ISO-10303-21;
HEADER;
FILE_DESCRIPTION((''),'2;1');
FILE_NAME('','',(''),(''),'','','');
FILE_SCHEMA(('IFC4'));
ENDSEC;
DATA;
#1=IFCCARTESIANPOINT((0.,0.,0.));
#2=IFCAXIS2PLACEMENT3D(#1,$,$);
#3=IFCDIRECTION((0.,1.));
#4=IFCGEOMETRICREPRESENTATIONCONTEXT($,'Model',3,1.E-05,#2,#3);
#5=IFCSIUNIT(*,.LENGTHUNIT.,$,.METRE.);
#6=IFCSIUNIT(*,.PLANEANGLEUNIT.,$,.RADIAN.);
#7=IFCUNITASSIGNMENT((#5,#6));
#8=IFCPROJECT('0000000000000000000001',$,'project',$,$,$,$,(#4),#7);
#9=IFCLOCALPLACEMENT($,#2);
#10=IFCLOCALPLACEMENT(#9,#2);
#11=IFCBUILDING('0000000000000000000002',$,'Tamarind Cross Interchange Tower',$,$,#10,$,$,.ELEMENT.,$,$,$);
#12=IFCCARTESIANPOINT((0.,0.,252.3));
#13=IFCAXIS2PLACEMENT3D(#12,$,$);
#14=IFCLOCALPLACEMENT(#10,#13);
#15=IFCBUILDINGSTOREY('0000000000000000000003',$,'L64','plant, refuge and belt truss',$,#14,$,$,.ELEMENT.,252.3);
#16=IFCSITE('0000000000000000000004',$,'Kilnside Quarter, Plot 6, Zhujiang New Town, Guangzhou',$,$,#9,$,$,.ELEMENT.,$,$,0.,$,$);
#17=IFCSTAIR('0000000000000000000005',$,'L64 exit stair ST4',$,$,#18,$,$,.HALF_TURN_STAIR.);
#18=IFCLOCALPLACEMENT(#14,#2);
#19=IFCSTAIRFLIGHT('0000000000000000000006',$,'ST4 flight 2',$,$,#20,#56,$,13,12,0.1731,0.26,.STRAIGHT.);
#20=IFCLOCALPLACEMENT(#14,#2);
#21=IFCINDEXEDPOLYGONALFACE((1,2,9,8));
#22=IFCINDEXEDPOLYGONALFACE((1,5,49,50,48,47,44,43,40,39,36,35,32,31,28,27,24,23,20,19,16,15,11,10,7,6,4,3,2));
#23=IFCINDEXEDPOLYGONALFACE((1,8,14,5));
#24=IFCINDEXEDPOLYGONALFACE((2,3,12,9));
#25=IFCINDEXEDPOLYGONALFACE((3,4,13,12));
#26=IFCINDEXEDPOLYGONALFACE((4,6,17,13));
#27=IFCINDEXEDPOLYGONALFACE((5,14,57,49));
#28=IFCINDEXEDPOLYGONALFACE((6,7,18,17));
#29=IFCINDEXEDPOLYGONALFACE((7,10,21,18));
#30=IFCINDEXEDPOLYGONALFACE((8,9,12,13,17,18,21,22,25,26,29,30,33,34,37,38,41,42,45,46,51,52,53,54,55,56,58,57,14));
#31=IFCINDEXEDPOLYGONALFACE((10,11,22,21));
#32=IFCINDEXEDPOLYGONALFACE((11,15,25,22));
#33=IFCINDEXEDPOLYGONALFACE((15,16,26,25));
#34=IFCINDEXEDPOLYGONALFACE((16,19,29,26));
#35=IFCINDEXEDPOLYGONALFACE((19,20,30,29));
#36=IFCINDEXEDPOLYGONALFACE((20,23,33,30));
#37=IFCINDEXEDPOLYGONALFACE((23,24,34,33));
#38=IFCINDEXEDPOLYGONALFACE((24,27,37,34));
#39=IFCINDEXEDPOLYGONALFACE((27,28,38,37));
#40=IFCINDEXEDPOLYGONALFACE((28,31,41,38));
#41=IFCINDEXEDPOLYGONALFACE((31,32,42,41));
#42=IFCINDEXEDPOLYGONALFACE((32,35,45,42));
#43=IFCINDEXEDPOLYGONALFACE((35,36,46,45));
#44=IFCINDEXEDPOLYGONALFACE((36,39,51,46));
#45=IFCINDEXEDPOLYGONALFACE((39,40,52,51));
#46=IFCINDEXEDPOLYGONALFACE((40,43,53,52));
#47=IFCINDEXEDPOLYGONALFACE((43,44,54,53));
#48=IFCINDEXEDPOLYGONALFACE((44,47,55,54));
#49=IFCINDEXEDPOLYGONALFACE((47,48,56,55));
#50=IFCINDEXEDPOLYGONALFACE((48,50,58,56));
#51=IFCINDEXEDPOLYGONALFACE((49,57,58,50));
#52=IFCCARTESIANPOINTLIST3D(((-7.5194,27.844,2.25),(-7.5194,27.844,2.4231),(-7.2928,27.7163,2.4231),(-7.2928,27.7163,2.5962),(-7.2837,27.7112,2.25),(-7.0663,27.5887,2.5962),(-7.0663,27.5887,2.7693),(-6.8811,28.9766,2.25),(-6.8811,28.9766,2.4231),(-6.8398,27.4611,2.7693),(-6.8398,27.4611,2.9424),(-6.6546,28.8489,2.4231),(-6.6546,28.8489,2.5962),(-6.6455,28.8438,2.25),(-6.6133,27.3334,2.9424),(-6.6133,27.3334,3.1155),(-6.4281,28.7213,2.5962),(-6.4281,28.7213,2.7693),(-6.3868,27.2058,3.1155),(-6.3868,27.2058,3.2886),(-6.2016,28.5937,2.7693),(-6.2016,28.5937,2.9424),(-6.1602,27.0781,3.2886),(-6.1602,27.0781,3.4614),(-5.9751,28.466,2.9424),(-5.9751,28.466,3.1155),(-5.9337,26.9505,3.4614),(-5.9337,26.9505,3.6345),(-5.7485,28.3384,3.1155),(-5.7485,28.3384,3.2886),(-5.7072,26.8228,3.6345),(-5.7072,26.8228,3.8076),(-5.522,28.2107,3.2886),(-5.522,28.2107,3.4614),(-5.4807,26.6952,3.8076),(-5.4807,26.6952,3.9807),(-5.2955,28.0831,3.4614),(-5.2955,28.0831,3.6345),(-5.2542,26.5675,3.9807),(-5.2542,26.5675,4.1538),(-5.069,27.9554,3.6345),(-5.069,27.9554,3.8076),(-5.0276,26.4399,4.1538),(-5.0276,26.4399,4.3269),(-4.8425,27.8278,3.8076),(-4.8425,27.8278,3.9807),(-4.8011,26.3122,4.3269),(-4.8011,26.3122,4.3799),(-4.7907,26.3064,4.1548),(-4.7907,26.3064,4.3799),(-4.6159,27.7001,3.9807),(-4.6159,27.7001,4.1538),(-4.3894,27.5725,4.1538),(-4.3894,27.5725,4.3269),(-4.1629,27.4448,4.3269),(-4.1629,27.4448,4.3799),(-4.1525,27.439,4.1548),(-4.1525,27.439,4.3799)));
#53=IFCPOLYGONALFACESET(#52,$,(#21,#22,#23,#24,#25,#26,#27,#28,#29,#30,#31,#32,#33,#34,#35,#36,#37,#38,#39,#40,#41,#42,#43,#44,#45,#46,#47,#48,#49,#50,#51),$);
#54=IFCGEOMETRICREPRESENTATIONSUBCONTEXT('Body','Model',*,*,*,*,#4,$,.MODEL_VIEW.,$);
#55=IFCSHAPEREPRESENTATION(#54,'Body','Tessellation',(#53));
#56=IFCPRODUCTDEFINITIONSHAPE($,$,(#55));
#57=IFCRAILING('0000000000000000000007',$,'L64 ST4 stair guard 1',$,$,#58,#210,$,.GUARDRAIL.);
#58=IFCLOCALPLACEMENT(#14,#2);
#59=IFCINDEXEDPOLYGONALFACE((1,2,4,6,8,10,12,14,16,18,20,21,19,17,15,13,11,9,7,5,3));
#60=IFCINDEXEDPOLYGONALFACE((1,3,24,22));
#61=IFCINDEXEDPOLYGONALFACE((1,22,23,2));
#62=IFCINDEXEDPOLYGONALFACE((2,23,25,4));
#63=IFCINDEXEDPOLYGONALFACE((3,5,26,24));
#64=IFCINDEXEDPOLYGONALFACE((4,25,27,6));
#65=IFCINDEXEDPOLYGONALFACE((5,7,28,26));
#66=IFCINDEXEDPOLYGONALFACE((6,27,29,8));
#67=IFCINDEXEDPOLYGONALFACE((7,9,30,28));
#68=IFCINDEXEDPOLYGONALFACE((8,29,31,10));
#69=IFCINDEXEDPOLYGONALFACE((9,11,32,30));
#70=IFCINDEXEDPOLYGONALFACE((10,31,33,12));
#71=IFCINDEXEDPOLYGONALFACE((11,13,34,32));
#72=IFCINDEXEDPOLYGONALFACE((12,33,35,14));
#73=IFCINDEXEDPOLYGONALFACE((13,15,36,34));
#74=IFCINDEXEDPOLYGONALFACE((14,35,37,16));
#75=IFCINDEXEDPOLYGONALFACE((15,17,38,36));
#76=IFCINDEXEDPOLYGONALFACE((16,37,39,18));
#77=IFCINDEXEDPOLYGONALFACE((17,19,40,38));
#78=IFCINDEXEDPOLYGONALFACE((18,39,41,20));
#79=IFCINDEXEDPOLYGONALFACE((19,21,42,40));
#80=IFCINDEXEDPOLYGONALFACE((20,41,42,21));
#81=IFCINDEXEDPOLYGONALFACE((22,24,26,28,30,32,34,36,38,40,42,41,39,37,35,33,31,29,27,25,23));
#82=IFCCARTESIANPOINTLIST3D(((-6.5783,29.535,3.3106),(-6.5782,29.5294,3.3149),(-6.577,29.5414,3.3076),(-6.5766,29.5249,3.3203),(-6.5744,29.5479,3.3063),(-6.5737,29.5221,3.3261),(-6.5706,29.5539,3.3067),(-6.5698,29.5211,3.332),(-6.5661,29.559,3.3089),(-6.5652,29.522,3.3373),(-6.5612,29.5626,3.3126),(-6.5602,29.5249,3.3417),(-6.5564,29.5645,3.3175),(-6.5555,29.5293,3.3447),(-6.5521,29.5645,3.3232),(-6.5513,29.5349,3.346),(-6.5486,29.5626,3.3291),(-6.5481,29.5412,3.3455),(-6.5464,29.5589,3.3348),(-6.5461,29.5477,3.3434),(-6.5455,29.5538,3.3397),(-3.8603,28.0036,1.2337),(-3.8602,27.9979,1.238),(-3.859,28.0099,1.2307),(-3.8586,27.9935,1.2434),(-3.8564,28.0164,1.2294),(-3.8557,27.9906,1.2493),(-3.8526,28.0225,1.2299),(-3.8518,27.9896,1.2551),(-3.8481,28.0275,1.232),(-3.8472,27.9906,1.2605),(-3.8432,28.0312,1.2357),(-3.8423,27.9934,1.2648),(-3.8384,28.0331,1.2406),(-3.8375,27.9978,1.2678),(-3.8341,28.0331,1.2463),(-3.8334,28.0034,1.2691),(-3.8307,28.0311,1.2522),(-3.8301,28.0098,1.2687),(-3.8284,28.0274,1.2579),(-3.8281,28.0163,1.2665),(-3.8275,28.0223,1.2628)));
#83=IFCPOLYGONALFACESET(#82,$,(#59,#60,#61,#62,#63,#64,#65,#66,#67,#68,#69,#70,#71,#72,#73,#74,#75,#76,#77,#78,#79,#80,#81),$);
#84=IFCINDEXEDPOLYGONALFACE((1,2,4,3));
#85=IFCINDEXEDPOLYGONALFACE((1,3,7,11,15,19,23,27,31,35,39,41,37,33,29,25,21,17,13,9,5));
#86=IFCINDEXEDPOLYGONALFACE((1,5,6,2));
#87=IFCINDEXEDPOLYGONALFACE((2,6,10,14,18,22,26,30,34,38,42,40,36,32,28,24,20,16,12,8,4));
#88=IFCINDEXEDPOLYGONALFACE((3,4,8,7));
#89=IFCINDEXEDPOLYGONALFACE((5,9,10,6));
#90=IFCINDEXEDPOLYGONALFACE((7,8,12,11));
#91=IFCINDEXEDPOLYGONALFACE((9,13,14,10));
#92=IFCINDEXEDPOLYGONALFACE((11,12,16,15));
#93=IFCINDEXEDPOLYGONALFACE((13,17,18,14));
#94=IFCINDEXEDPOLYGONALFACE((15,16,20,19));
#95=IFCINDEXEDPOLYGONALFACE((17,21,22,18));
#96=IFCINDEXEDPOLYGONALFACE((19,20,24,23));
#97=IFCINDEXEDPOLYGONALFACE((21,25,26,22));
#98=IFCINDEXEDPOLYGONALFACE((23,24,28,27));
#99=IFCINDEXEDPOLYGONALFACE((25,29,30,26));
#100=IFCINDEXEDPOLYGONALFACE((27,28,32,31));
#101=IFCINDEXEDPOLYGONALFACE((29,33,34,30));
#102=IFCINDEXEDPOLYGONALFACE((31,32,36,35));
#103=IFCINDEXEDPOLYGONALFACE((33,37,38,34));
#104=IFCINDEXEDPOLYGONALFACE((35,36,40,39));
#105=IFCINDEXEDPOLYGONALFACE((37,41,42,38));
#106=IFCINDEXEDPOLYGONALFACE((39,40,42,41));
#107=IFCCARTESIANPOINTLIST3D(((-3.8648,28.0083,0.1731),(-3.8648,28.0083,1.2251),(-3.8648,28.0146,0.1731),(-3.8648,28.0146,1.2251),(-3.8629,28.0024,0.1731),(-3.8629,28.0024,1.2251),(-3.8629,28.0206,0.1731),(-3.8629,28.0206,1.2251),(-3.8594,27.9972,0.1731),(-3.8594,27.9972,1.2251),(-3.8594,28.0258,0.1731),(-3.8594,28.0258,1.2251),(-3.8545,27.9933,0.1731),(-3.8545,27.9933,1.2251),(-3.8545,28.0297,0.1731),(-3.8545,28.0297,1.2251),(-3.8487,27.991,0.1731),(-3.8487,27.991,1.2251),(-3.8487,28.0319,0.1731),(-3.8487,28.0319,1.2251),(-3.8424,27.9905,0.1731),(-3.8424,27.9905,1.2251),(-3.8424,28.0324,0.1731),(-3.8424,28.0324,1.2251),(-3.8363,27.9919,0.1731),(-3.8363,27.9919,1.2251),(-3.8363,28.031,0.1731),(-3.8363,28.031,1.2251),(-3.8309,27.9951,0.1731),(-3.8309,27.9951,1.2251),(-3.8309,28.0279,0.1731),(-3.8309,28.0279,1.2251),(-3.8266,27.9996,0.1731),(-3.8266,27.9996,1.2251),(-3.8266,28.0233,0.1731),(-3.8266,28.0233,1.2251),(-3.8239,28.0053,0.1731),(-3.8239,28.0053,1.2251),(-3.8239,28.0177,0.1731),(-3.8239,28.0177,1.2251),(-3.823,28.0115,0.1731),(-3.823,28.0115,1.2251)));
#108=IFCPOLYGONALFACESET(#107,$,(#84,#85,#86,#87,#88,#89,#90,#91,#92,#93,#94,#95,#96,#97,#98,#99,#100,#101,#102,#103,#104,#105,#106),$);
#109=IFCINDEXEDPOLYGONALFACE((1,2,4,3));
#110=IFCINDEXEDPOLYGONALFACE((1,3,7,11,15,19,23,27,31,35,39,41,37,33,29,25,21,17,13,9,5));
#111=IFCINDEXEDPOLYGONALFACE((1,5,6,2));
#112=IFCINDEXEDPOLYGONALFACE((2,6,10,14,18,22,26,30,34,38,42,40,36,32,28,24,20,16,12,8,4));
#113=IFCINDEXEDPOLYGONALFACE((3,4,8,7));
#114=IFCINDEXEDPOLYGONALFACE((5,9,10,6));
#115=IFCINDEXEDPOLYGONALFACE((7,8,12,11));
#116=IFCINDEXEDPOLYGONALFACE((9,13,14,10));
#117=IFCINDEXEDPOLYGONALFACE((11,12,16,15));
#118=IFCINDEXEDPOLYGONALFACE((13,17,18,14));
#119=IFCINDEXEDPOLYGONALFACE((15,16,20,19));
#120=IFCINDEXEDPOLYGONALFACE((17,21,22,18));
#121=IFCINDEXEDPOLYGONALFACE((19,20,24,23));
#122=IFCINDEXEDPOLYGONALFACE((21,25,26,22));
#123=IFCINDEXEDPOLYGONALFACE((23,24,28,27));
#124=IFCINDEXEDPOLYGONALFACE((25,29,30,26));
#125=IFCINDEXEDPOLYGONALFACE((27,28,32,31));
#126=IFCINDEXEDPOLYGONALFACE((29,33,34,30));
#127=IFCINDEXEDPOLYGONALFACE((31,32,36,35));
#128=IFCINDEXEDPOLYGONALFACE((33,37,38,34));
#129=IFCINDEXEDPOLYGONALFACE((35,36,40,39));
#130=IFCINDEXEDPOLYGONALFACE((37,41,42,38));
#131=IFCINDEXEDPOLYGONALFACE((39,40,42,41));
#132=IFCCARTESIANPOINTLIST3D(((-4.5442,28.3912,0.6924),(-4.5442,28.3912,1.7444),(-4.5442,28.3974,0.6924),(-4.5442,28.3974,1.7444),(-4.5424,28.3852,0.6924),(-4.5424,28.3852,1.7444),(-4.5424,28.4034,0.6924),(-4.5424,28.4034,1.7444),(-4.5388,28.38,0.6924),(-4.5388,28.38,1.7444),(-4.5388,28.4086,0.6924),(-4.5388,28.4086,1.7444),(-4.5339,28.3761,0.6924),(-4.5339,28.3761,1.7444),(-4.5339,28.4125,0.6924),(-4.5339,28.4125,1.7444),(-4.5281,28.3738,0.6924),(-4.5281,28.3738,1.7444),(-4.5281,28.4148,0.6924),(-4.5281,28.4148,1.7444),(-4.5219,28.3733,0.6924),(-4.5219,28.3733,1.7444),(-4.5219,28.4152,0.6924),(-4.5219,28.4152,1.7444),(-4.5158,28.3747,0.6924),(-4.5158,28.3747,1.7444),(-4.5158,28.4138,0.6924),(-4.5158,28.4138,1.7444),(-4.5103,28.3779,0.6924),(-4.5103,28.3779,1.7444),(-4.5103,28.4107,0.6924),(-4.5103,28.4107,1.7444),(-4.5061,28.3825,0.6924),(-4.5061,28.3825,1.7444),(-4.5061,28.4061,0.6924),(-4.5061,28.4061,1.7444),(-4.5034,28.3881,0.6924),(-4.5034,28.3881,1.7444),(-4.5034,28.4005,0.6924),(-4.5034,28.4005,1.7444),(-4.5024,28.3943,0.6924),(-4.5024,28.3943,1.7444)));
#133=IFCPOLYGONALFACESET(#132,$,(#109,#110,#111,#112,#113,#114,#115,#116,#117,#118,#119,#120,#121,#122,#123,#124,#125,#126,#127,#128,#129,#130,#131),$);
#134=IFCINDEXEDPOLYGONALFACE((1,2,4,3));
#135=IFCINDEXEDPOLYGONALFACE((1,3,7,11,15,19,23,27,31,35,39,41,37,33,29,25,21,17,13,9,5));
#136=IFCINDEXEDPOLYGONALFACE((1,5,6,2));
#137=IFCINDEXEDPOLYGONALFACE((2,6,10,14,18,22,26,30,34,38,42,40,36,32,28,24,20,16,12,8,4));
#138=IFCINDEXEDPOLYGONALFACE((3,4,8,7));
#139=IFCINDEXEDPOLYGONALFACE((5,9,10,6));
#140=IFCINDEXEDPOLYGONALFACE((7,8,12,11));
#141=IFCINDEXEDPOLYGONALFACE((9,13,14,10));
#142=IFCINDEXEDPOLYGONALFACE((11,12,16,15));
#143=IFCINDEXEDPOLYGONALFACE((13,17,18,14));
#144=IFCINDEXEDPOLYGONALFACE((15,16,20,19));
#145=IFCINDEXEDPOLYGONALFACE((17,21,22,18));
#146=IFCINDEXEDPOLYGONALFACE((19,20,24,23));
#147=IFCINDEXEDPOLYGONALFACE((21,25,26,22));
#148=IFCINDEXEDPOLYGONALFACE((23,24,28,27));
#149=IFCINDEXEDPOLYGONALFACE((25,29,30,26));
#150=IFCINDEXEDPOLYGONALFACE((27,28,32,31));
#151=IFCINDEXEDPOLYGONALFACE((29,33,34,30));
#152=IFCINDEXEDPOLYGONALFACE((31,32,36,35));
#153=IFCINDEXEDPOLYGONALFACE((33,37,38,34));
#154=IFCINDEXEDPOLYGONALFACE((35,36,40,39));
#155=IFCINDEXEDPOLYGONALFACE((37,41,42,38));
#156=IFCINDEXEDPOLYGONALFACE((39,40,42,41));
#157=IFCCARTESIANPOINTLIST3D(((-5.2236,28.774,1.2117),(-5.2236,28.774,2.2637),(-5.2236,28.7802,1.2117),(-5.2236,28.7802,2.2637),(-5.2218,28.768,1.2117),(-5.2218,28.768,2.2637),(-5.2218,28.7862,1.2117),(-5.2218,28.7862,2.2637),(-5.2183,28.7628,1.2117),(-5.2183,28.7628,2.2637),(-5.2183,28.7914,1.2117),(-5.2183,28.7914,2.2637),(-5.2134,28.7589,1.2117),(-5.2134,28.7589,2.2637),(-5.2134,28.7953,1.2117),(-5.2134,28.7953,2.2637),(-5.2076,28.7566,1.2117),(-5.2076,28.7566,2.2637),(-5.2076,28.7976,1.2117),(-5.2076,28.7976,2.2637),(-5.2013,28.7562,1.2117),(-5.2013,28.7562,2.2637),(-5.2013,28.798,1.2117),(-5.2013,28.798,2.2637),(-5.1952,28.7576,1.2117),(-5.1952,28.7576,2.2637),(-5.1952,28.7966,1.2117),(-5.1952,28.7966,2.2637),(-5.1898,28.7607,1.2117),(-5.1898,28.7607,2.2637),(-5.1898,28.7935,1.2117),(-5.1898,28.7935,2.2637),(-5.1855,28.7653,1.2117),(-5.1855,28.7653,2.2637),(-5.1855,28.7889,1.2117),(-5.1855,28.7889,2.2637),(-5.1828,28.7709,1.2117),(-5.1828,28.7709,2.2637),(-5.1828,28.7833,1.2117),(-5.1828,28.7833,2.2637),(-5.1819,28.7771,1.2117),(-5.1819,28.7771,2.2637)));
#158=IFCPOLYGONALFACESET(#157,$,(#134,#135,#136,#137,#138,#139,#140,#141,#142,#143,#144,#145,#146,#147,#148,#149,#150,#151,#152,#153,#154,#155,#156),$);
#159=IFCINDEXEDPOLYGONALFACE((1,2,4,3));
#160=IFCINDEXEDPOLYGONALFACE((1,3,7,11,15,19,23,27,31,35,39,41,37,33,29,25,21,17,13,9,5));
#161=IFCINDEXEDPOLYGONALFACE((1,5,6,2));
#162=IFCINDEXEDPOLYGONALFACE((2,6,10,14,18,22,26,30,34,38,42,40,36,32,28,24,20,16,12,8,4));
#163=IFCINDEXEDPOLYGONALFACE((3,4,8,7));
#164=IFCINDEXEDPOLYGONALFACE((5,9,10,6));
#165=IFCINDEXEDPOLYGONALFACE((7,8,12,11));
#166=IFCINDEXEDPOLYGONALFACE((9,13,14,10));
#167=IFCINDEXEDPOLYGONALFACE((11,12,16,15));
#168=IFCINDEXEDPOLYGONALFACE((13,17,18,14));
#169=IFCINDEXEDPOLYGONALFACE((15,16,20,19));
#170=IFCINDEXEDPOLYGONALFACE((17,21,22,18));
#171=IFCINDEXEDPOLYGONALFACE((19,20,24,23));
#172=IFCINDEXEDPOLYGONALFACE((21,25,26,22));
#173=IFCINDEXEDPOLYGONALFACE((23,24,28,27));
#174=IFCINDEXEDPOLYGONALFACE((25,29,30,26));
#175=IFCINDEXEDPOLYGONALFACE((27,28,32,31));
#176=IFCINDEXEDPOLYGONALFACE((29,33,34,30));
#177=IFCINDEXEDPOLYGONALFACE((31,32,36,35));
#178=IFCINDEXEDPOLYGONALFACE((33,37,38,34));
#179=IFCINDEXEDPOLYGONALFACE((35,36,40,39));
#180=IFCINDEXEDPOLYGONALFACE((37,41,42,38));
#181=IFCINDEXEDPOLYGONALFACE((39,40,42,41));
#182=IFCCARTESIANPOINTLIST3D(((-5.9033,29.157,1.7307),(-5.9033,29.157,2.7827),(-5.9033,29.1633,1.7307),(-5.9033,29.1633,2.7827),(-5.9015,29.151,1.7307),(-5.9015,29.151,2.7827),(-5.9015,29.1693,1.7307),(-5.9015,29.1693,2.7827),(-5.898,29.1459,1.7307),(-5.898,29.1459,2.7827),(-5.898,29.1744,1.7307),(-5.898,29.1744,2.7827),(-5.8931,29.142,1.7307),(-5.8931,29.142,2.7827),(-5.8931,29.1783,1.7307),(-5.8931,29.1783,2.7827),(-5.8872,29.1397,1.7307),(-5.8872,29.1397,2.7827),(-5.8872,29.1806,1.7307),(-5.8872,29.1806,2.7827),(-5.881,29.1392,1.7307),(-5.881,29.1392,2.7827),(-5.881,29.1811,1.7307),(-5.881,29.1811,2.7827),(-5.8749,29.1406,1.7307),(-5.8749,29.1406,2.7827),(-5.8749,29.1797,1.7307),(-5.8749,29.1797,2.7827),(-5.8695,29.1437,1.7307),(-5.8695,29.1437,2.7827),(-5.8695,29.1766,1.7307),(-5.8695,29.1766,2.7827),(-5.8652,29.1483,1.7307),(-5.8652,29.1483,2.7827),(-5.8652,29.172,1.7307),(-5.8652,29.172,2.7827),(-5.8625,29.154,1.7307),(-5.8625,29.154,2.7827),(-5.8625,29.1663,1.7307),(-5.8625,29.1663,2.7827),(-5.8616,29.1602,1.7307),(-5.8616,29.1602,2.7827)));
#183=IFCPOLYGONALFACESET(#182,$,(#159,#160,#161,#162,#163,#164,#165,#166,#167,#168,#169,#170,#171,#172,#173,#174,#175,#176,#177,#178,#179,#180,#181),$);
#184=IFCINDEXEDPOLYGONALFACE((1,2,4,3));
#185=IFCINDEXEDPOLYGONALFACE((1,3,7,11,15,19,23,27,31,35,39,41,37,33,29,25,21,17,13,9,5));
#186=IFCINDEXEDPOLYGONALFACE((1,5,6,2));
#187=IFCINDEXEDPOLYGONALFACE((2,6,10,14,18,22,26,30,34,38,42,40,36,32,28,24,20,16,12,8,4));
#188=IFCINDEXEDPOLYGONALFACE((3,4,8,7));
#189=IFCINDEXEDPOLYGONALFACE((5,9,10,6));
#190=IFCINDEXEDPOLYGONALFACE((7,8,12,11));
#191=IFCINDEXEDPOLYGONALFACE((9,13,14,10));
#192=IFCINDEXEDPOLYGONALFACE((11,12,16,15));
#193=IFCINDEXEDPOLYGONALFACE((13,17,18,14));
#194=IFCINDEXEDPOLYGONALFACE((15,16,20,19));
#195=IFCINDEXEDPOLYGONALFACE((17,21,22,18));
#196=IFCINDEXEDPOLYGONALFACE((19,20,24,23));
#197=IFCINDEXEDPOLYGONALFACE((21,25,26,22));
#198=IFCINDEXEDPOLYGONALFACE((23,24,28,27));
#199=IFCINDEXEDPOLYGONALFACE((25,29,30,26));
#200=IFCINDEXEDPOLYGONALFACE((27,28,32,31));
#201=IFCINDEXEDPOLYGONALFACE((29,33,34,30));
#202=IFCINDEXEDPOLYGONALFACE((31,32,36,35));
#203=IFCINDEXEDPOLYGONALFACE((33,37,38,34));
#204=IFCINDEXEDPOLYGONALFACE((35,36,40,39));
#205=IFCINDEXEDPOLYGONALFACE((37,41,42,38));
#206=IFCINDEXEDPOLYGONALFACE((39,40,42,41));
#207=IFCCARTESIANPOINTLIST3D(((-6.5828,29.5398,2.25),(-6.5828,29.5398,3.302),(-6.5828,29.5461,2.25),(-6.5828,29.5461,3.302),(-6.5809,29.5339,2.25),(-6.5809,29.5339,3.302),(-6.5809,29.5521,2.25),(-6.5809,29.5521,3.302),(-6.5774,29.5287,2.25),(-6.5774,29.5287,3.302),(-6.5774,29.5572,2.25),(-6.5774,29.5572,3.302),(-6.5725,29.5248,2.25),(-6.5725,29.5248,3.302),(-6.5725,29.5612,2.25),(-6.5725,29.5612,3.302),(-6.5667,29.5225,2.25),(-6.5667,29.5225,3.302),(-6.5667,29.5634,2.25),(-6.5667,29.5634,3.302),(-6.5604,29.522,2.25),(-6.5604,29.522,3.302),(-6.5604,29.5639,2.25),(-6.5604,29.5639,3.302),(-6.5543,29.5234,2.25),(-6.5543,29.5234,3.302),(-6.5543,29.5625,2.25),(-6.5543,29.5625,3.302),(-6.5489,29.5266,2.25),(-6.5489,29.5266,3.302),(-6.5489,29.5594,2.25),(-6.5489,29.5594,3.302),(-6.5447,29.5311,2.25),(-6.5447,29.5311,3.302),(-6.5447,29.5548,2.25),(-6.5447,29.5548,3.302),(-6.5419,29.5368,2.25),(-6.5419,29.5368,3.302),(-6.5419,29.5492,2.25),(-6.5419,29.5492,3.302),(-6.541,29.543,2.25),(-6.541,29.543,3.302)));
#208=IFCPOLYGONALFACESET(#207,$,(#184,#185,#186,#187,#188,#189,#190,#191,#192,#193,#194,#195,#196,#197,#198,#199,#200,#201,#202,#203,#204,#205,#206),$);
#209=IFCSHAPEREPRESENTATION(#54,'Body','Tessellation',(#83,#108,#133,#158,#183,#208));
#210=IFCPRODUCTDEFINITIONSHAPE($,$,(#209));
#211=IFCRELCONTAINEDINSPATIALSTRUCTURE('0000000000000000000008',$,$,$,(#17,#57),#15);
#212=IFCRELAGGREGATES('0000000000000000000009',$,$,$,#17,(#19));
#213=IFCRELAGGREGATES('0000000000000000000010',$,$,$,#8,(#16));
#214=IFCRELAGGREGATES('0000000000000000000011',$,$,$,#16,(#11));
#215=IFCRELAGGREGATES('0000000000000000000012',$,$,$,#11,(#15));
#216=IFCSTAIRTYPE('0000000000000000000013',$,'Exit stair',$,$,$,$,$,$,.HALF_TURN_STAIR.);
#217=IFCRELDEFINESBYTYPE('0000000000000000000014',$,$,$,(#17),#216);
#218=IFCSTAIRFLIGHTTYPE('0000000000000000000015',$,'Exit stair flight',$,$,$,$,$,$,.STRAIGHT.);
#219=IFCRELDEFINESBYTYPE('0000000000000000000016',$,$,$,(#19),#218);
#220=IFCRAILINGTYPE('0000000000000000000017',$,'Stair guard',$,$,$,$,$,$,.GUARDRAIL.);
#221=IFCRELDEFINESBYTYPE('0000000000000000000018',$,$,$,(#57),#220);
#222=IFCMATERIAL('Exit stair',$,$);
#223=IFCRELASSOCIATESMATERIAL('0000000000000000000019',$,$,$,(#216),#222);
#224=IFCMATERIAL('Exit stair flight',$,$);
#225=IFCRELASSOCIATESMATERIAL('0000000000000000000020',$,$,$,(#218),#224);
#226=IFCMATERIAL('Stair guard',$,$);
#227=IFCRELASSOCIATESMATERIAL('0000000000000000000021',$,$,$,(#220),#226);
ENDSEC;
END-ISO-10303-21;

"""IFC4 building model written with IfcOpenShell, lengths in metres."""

from ifc_helpers import new_model, si_unit, direction, frame, origin, origin_2d, place, context, subcontext, project, spatial, polyline, circle, outline, extrude, material, type_object, element, aggregate, save


model = new_model("IFC4")

# Units and contexts
model_context = context("Model", 3, precision=1e-05, world=origin(), true_north=direction((0.0, 1.0)))
body_context = subcontext(model_context, "Body", "Model", "MODEL_VIEW")
ifc_project = project(units=[si_unit("LENGTHUNIT", "METRE"), si_unit("PLANEANGLEUNIT", "RADIAN")], contexts=[model_context])

# Site, building, storey
site_placement = place(None, origin())
site = spatial("IfcSite", under=ifc_project, at=site_placement, Name="Kilnside Quarter, Plot 6, Zhujiang New Town, Guangzhou", CompositionType="ELEMENT", RefElevation=0.0)
building_placement = place(site_placement, origin())
building = spatial("IfcBuilding", under=site, at=building_placement, Name="Tamarind Cross Interchange Tower", CompositionType="ELEMENT")
storey_placement = place(building_placement, frame((0.0, 0.0, 252.3)))
storey = spatial("IfcBuildingStorey", under=building, at=storey_placement, Name="L64", Description="plant, refuge and belt truss", CompositionType="ELEMENT", Elevation=252.3)

# Stair, stair flight
ifc_material_1 = material(Name="Exit stair")
stair_type = type_object("IfcStairType", Name="Exit stair", PredefinedType="HALF_TURN_STAIR", material=ifc_material_1)
stair_placement = place(storey_placement, origin())
stair = element("IfcStair", 1, at=stair_placement, inside=storey, type_object=stair_type, Name="L64 exit stair ST4", PredefinedType="HALF_TURN_STAIR")
ifc_material_2 = material(Name="Exit stair flight")
stair_flight_type = type_object("IfcStairFlightType", Name="Exit stair flight", PredefinedType="STRAIGHT", material=ifc_material_2)
stair_flight_1_placement = place(storey_placement, frame((-7.2002, 28.4104, 2.25), z_axis=(0.0, 0.0, 1.0), x_axis=(0.8712, -0.490928, 0.0)))
stair_flight_1 = element("IfcStairFlight", 2, at=stair_flight_1_placement, type_object=stair_flight_type, Name="ST4 flight 2", NumberOfRisers=13, NumberOfTreads=12, PredefinedType="STRAIGHT", RiserHeight=0.1731, TreadLength=0.26, context=body_context, shape_type="SweptSolid", body=[
    extrude(outline(polyline([(0.0, 0.0), (0.0, 0.1731), (0.26, 0.1731), (0.26, 0.3462), (0.52, 0.3462), (0.52, 0.5193), (0.78, 0.5193), (0.78, 0.6924), (1.04, 0.6924), (1.04, 0.8655), (1.3, 0.8655), (1.3, 1.0386), (1.5601, 1.0386), (1.5601, 1.2114), (1.8201, 1.2114), (1.8201, 1.3845), (2.0801, 1.3845), (2.0801, 1.5576), (2.3401, 1.5576), (2.3401, 1.7307), (2.6001, 1.7307), (2.6001, 1.9038), (2.8601, 1.9038), (2.8601, 2.0769), (3.1201, 2.0769), (3.1201, 2.1299), (3.1321, 2.1299), (3.1321, 1.9048), (0.2705, 0.0), (0.0, 0.0)])), frame((0.0, 0.6499, 0.0), z_axis=(0.0, -1.0, 0.0), x_axis=(1.0, 0.0, 0.0)), (0.0, 0.0, 1.0), 1.3),
])
aggregate(stair, [stair_flight_1])

# Railing
ifc_material_3 = material(Name="Stair guard")
railing_type_1 = type_object("IfcRailingType", Name="Stair guard", PredefinedType="GUARDRAIL", material=ifc_material_3)
railing_1_placement = place(storey_placement, frame((-3.844, 28.0115, 0.1731)))
element("IfcRailing", 3, at=railing_1_placement, inside=storey, type_object=railing_type_1, Name="L64 ST4 stair guard 1", PredefinedType="GUARDRAIL", context=body_context, shape_type="SweptSolid", body=[
    extrude(circle(Radius=0.0239, at=origin_2d()), frame((0.0, 0.0, 1.0762), z_axis=(-0.725214, 0.408629, 0.554154), x_axis=(-0.490896, -0.871218, 0.0)), (0.0, 0.0, 1.0), 3.7478),
    extrude(circle(Radius=0.021, at=origin_2d()), origin(), (0.0, 0.0, 1.0), 1.052),
    extrude(circle(Radius=0.021, at=origin_2d()), frame((-0.6794, 0.3828, 0.5193)), (0.0, 0.0, 1.0), 1.052),
    extrude(circle(Radius=0.021, at=origin_2d()), frame((-1.3589, 0.7656, 1.0386)), (0.0, 0.0, 1.0), 1.052),
    extrude(circle(Radius=0.021, at=origin_2d()), frame((-2.0386, 1.1487, 1.5576)), (0.0, 0.0, 1.0), 1.052),
    extrude(circle(Radius=0.021, at=origin_2d()), frame((-2.718, 1.5315, 2.0769)), (0.0, 0.0, 1.0), 1.052),
])

save(model, "model.ifc")
